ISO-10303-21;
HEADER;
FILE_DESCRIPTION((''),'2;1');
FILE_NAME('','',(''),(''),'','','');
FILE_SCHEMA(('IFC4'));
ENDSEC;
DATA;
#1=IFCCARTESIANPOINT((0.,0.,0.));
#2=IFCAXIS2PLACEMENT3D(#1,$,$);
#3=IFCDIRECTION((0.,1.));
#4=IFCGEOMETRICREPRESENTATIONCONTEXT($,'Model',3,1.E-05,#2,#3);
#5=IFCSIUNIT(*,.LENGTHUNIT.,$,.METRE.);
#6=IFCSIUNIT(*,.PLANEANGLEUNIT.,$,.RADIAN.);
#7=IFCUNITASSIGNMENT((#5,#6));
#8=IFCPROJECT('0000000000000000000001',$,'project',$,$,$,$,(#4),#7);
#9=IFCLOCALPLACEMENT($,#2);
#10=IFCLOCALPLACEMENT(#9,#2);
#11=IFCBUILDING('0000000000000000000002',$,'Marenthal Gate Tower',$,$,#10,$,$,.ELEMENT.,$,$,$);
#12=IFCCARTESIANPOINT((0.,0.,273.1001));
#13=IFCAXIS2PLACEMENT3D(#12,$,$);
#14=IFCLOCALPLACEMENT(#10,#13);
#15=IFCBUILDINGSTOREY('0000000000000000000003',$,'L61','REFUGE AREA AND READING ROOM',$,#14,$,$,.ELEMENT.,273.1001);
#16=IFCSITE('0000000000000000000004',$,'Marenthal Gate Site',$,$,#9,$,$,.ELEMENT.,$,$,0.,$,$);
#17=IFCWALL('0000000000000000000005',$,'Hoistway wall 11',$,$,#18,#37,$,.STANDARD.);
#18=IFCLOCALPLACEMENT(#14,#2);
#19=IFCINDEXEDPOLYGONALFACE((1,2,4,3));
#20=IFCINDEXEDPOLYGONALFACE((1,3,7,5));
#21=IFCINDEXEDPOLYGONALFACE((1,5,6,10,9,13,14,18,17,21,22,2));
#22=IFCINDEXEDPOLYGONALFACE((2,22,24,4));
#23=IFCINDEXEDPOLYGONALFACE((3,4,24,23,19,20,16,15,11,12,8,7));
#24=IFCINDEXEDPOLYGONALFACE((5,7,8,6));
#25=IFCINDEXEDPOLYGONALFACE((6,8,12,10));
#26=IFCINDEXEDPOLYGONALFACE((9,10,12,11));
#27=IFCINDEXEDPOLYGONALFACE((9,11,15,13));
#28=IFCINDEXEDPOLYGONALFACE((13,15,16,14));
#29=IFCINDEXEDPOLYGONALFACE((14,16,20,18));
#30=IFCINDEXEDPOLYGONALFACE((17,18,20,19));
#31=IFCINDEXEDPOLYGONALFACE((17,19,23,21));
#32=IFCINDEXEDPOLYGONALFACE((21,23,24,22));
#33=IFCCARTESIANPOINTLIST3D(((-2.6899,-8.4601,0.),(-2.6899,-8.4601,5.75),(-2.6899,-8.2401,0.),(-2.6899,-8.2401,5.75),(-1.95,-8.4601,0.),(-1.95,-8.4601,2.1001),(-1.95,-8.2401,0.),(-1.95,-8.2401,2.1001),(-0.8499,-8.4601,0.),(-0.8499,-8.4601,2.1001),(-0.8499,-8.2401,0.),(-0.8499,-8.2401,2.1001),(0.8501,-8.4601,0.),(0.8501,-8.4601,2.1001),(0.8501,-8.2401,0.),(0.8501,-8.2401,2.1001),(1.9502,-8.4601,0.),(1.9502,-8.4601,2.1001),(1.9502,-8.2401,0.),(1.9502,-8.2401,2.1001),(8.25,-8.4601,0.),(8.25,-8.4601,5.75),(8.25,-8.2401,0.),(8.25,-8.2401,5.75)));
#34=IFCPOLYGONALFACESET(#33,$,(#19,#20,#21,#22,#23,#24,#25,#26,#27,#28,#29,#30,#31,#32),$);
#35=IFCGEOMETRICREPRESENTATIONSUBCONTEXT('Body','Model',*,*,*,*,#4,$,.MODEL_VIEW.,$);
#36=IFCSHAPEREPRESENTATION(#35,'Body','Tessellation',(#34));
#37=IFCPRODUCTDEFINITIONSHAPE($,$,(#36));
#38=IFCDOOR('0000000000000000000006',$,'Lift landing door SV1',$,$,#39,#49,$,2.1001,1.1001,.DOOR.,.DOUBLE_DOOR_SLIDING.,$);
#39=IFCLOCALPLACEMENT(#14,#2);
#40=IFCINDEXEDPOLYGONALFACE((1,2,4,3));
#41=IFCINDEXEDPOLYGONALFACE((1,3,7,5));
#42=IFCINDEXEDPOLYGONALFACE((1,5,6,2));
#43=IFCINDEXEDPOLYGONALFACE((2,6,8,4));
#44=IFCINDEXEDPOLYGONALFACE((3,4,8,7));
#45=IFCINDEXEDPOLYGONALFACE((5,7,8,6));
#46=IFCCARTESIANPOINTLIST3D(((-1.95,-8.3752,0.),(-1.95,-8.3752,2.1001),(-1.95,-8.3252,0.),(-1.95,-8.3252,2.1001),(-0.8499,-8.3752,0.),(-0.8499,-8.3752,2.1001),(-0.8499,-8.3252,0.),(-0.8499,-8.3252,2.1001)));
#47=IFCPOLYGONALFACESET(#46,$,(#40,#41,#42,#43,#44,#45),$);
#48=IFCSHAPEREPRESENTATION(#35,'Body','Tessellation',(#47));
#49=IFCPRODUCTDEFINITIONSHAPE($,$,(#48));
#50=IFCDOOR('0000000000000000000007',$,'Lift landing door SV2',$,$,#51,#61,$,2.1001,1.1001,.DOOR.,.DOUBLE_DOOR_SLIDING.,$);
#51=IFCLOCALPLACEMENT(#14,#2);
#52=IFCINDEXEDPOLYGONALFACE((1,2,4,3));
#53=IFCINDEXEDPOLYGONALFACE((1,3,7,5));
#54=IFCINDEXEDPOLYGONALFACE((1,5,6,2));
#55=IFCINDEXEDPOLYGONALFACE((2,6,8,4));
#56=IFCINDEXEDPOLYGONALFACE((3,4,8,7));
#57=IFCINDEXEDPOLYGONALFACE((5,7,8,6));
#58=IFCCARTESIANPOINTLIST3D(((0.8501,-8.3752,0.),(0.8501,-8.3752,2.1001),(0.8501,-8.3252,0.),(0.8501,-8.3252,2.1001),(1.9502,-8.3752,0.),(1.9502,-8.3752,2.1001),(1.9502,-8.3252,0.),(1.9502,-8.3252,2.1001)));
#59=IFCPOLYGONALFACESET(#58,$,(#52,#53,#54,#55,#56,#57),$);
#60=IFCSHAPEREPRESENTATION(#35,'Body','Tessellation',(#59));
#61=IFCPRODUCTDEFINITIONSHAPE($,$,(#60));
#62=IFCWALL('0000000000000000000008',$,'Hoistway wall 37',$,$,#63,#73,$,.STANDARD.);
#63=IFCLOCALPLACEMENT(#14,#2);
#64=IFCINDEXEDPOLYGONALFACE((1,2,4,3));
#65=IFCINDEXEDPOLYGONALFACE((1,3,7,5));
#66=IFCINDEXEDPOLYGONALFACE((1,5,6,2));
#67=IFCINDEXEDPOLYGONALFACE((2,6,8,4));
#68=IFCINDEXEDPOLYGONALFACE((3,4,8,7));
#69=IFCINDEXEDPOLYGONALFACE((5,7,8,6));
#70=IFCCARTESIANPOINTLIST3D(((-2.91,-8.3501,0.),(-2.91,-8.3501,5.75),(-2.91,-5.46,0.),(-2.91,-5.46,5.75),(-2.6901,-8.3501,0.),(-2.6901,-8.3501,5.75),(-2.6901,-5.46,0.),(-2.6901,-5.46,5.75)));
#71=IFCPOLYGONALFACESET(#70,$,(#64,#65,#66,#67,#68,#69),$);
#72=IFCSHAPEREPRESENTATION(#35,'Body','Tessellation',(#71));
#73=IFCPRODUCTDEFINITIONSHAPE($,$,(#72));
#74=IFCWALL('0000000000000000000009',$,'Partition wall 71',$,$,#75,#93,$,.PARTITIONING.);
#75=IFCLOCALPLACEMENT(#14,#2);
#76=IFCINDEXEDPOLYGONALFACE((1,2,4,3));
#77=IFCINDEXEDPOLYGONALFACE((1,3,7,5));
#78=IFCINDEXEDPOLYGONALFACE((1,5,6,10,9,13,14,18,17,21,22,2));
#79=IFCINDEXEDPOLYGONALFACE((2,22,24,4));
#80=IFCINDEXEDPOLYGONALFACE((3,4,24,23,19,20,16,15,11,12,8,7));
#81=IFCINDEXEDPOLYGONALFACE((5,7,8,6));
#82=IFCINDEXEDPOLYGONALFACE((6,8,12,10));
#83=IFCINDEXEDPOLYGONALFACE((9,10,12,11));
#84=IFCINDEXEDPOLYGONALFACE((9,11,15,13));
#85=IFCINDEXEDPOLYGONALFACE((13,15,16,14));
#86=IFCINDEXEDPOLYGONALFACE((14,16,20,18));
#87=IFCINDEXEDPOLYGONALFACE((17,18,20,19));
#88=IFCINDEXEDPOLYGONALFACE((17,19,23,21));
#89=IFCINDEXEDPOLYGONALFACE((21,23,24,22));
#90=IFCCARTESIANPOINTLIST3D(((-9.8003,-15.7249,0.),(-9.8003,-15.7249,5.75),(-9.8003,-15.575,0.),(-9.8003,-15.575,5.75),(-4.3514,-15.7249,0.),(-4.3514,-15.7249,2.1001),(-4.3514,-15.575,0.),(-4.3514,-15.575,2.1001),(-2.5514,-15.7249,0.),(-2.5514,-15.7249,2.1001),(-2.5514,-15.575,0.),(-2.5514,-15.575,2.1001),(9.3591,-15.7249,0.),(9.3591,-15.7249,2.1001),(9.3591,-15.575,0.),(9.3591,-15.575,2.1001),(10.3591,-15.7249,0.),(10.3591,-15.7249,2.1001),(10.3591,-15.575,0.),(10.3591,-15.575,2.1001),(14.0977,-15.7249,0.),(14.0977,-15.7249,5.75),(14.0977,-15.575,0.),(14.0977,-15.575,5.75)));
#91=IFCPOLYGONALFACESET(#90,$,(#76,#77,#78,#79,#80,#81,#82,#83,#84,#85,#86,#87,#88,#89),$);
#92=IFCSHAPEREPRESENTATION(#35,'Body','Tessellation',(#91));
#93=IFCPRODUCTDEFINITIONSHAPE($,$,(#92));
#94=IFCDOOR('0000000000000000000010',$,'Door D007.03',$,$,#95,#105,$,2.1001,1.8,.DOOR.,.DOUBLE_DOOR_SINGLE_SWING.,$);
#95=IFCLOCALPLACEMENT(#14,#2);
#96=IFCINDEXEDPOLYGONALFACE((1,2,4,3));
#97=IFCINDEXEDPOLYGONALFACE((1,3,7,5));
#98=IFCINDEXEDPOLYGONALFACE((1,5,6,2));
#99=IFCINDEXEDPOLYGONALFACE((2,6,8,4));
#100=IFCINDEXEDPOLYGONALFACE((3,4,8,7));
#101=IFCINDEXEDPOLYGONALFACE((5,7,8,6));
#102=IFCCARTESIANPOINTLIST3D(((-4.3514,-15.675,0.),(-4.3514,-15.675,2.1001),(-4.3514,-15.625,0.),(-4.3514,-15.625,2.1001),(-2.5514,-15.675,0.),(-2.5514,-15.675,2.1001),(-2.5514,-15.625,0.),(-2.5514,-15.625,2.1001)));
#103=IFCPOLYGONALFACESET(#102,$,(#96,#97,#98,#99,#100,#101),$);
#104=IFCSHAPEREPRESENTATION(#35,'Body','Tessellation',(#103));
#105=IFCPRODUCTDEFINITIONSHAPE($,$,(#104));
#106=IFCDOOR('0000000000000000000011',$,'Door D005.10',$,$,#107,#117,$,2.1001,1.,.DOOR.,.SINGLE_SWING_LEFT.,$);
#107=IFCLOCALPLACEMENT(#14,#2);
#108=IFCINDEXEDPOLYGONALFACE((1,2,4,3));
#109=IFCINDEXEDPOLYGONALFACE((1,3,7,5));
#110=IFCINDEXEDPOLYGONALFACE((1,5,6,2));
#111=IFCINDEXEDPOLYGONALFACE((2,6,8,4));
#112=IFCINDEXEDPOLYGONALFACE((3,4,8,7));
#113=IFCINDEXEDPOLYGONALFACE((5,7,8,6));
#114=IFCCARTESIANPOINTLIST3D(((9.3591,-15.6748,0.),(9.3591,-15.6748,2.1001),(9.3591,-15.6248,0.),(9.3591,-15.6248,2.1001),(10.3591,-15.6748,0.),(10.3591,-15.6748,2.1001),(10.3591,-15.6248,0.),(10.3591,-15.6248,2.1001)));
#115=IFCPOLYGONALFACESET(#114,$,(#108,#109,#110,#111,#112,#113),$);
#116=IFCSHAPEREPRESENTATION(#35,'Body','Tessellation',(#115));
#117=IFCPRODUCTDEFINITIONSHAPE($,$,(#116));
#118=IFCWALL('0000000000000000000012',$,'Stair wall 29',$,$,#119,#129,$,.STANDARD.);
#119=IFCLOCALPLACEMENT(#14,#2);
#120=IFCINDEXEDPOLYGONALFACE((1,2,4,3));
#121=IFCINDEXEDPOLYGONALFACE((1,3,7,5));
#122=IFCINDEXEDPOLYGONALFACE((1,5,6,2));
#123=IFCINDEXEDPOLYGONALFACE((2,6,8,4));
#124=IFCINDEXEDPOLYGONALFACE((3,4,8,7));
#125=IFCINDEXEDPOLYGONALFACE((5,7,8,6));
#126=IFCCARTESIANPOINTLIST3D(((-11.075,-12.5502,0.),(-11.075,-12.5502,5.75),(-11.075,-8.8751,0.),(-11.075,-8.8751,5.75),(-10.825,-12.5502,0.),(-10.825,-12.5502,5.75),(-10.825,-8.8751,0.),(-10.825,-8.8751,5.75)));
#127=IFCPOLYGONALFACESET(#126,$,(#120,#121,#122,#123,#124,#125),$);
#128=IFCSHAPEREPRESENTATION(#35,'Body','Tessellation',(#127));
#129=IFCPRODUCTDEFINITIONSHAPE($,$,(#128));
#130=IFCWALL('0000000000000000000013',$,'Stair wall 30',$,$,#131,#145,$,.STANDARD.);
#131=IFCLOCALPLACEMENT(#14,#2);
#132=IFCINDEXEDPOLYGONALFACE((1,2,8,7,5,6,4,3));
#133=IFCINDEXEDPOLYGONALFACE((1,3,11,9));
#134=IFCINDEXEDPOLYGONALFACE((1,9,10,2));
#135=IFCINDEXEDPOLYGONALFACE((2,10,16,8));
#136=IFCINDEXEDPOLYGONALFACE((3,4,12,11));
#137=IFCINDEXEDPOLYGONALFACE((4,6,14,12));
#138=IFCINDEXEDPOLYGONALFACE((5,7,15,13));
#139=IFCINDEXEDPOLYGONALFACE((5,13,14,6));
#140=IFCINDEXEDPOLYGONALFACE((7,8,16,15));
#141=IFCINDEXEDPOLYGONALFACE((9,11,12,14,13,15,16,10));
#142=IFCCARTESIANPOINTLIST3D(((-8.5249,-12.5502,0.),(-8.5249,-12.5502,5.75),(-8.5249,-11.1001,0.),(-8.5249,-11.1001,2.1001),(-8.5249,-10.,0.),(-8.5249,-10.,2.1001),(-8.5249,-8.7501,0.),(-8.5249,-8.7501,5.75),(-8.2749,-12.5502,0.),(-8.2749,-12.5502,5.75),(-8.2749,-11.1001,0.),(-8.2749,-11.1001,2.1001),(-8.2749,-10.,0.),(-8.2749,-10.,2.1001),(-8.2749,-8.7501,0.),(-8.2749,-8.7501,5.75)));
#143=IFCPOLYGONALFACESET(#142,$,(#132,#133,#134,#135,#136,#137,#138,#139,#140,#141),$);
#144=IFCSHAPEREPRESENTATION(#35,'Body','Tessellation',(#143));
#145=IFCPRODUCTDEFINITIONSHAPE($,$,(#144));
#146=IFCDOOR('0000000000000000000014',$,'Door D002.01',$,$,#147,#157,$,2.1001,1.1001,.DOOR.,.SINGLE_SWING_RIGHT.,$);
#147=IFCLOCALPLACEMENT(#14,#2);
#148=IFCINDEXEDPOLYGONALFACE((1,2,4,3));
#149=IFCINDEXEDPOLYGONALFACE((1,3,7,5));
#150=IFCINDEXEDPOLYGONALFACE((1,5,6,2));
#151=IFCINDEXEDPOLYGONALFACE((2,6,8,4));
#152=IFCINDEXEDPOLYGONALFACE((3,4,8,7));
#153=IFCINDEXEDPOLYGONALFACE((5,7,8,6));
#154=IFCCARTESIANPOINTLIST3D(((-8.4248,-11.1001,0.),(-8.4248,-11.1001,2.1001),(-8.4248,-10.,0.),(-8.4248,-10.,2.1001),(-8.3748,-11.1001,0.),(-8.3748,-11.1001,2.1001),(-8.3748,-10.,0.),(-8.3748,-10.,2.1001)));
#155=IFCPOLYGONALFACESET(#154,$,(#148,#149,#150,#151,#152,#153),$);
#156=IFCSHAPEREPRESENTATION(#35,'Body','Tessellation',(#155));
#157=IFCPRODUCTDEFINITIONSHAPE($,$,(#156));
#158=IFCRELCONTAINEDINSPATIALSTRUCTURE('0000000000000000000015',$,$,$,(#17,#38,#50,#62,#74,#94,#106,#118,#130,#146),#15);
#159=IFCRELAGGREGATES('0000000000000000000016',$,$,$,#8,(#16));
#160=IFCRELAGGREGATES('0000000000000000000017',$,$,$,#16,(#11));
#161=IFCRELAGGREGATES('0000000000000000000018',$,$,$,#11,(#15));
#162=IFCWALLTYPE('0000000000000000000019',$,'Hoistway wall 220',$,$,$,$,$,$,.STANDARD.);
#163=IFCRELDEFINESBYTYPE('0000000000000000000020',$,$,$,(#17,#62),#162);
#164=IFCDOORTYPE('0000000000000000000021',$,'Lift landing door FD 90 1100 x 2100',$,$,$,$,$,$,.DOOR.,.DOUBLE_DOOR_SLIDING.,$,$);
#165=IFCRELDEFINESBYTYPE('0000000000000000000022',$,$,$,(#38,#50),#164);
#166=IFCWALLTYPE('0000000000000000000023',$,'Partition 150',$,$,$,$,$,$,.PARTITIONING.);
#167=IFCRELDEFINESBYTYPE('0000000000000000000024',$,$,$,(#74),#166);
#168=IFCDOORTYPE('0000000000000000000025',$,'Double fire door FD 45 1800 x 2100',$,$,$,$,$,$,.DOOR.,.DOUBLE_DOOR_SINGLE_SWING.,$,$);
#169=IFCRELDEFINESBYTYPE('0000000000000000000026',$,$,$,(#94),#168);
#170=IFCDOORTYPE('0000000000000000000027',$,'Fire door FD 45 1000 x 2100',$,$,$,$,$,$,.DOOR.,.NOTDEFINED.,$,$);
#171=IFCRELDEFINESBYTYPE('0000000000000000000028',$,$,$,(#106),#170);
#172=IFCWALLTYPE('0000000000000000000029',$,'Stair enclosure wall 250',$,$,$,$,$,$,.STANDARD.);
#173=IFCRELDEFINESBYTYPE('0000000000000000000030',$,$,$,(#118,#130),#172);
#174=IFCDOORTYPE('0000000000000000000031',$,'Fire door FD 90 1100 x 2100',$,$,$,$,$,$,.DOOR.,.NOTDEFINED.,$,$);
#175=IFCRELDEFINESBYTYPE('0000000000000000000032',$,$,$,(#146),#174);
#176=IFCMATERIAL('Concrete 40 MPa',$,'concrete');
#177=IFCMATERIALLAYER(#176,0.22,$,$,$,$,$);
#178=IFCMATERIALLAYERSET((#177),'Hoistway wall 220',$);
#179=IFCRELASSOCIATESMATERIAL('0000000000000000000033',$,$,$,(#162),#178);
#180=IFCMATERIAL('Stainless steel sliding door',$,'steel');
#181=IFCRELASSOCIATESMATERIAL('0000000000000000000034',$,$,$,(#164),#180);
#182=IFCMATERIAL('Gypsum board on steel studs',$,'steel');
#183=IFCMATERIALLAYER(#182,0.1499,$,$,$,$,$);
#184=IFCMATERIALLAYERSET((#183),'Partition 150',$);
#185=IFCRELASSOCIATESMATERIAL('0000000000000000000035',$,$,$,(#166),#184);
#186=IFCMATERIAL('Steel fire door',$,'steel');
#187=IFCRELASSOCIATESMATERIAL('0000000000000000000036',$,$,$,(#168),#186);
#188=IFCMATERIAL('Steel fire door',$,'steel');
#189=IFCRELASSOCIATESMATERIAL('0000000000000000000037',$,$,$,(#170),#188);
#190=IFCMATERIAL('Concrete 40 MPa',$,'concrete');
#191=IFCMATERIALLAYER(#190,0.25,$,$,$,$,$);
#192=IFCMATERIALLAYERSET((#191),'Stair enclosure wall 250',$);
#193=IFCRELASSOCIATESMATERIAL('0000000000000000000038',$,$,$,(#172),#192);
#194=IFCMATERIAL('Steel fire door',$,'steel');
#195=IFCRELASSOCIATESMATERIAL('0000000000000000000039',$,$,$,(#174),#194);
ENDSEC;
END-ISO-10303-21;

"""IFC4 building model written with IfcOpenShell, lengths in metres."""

from ifc_helpers import new_model, si_unit, direction, frame, frame_2d, origin, place, context, subcontext, project, spatial, rectangle, extrude, material, layer, layer_set, type_object, element, fill, save


model = new_model("IFC4")

# Units and contexts
model_context = context("Model", 3, precision=1e-05, world=origin(), true_north=direction((0.0, 1.0)))
body_context = subcontext(model_context, "Body", "Model", "MODEL_VIEW")
ifc_project = project(units=[si_unit("LENGTHUNIT", "METRE"), si_unit("PLANEANGLEUNIT", "RADIAN")], contexts=[model_context])

# Site, building, storey
site_placement = place(None, origin())
site = spatial("IfcSite", under=ifc_project, at=site_placement, Name="Marenthal Gate Site", CompositionType="ELEMENT", RefElevation=0.0)
building_placement = place(site_placement, origin())
building = spatial("IfcBuilding", under=site, at=building_placement, Name="Marenthal Gate Tower", CompositionType="ELEMENT")
storey_placement = place(building_placement, frame((0.0, 0.0, 273.1001)))
storey = spatial("IfcBuildingStorey", under=building, at=storey_placement, Name="L61", Description="REFUGE AREA AND READING ROOM", CompositionType="ELEMENT", Elevation=273.1001)

# Wall, openings, doors
ifc_material_1 = material(Name="Concrete 40 MPa", Category="concrete")
ifc_layer_1 = layer(ifc_material_1, 0.22)
ifc_layer_set_1 = layer_set([ifc_layer_1], Name="Hoistway wall 220")
wall_type_1 = type_object("IfcWallType", Name="Hoistway wall 220", PredefinedType="STANDARD", material=ifc_layer_set_1)
ifc_material_2 = material(Name="Stainless steel sliding door", Category="steel")
door_type_1 = type_object("IfcDoorType", Name="Lift landing door FD 90 1100 x 2100", OperationType="DOUBLE_DOOR_SLIDING", PredefinedType="DOOR", material=ifc_material_2)
wall_1_placement = place(storey_placement, frame((-2.6899, -8.3501, 0.0), z_axis=(0.0, 0.0, 1.0), x_axis=(1.0, 0.0, 0.0)))
wall_1 = element("IfcWall", 1, at=wall_1_placement, inside=storey, type_object=wall_type_1, Name="Hoistway wall 11", PredefinedType="STANDARD", context=body_context, shape_type="SweptSolid", body=[
    extrude(rectangle(XDim=10.9399, YDim=0.22, at=frame_2d((5.47, 0.0))), origin(), (0.0, 0.0, 1.0), 5.75),
])
opening_1_placement = place(wall_1_placement, frame((0.74, 0.0, 0.0)))
opening_1 = element("IfcOpeningElement", 2, at=opening_1_placement, cuts=wall_1, PredefinedType="OPENING", context=body_context, shape_type="SweptSolid", body=[
    extrude(rectangle(XDim=1.1001, YDim=2.1001, at=frame_2d((0.55, 1.05))), frame((0.0, 0.1201, 0.0), z_axis=(0.0, -1.0, 0.0), x_axis=(1.0, 0.0, 0.0)), (0.0, 0.0, 1.0), 0.24),
])
opening_2_placement = place(wall_1_placement, frame((3.54, 0.0, 0.0)))
opening_2 = element("IfcOpeningElement", 3, at=opening_2_placement, cuts=wall_1, PredefinedType="OPENING", context=body_context, shape_type="SweptSolid", body=[
    extrude(rectangle(XDim=1.1001, YDim=2.1001, at=frame_2d((0.55, 1.05))), frame((0.0, 0.1201, 0.0), z_axis=(0.0, -1.0, 0.0), x_axis=(1.0, 0.0, 0.0)), (0.0, 0.0, 1.0), 0.24),
])
door_1_placement = place(opening_1_placement, origin())
door_1 = element("IfcDoor", 4, at=door_1_placement, inside=storey, type_object=door_type_1, Name="Lift landing door SV1", OperationType="DOUBLE_DOOR_SLIDING", OverallHeight=2.1001, OverallWidth=1.1001, PredefinedType="DOOR", context=body_context, shape_type="SweptSolid", body=[
    extrude(rectangle(XDim=1.1001, YDim=2.1001, at=frame_2d((0.55, 1.05))), frame((0.0, 0.0249, 0.0), z_axis=(0.0, -1.0, 0.0), x_axis=(1.0, 0.0, 0.0)), (0.0, 0.0, 1.0), 0.05),
])
fill(opening_1, door_1)
door_2_placement = place(opening_2_placement, origin())
door_2 = element("IfcDoor", 5, at=door_2_placement, inside=storey, type_object=door_type_1, Name="Lift landing door SV2", OperationType="DOUBLE_DOOR_SLIDING", OverallHeight=2.1001, OverallWidth=1.1001, PredefinedType="DOOR", context=body_context, shape_type="SweptSolid", body=[
    extrude(rectangle(XDim=1.1001, YDim=2.1001, at=frame_2d((0.55, 1.05))), frame((0.0, 0.0249, 0.0), z_axis=(0.0, -1.0, 0.0), x_axis=(1.0, 0.0, 0.0)), (0.0, 0.0, 1.0), 0.05),
])
fill(opening_2, door_2)

# Wall
wall_2_placement = place(storey_placement, frame((-2.8, -8.3501, 0.0), z_axis=(0.0, 0.0, 1.0), x_axis=(0.0, 1.0, 0.0)))
element("IfcWall", 6, at=wall_2_placement, inside=storey, type_object=wall_type_1, Name="Hoistway wall 37", PredefinedType="STANDARD", context=body_context, shape_type="SweptSolid", body=[
    extrude(rectangle(XDim=2.8901, YDim=0.22, at=frame_2d((1.4451, 0.0))), origin(), (0.0, 0.0, 1.0), 5.75),
])

# Wall, openings, doors
ifc_material_3 = material(Name="Gypsum board on steel studs", Category="steel")
ifc_layer_2 = layer(ifc_material_3, 0.1499)
ifc_layer_set_2 = layer_set([ifc_layer_2], Name="Partition 150")
wall_type_2 = type_object("IfcWallType", Name="Partition 150", PredefinedType="PARTITIONING", material=ifc_layer_set_2)
wall_3_placement = place(storey_placement, frame((-9.8003, -15.6499, 0.0), z_axis=(0.0, 0.0, 1.0), x_axis=(1.0, 0.0, 0.0)))
wall_3 = element("IfcWall", 7, at=wall_3_placement, inside=storey, type_object=wall_type_2, Name="Partition wall 71", PredefinedType="PARTITIONING", context=body_context, shape_type="SweptSolid", body=[
    extrude(rectangle(XDim=23.8979, YDim=0.1499, at=frame_2d((11.949, 0.0))), origin(), (0.0, 0.0, 1.0), 5.75),
])
opening_3_placement = place(wall_3_placement, frame((5.449, 0.0, 0.0)))
opening_3 = element("IfcOpeningElement", 8, at=opening_3_placement, cuts=wall_3, PredefinedType="OPENING", context=body_context, shape_type="SweptSolid", body=[
    extrude(rectangle(XDim=1.8, YDim=2.1001, at=frame_2d((0.8999, 1.05))), frame((0.0, 0.085, 0.0), z_axis=(0.0, -1.0, 0.0), x_axis=(1.0, 0.0, 0.0)), (0.0, 0.0, 1.0), 0.1699),
])
opening_4_placement = place(wall_3_placement, frame((19.1594, 0.0, 0.0)))
opening_4 = element("IfcOpeningElement", 9, at=opening_4_placement, cuts=wall_3, PredefinedType="OPENING", context=body_context, shape_type="SweptSolid", body=[
    extrude(rectangle(XDim=1.0, YDim=2.1001, at=frame_2d((0.5, 1.05))), frame((0.0, 0.085, 0.0), z_axis=(0.0, -1.0, 0.0), x_axis=(1.0, 0.0, 0.0)), (0.0, 0.0, 1.0), 0.1699),
])
ifc_material_4 = material(Name="Steel fire door", Category="steel")
door_type_2 = type_object("IfcDoorType", Name="Double fire door FD 45 1800 x 2100", OperationType="DOUBLE_DOOR_SINGLE_SWING", PredefinedType="DOOR", material=ifc_material_4)
door_3_placement = place(opening_3_placement, origin())
door_3 = element("IfcDoor", 10, at=door_3_placement, inside=storey, type_object=door_type_2, Name="Door D007.03", OperationType="DOUBLE_DOOR_SINGLE_SWING", OverallHeight=2.1001, OverallWidth=1.8, PredefinedType="DOOR", context=body_context, shape_type="SweptSolid", body=[
    extrude(rectangle(XDim=1.8, YDim=2.1001, at=frame_2d((0.8999, 1.05))), frame((0.0, 0.0249, 0.0), z_axis=(0.0, -1.0, 0.0), x_axis=(1.0, 0.0, 0.0)), (0.0, 0.0, 1.0), 0.05),
])
fill(opening_3, door_3)
ifc_material_5 = material(Name="Steel fire door", Category="steel")
door_type_3 = type_object("IfcDoorType", Name="Fire door FD 45 1000 x 2100", OperationType="NOTDEFINED", PredefinedType="DOOR", material=ifc_material_5)
door_4_placement = place(opening_4_placement, frame((1.0, 0.0, 0.0), z_axis=(0.0, 0.0, 1.0), x_axis=(-1.0, 0.0, 0.0)))
door_4 = element("IfcDoor", 11, at=door_4_placement, inside=storey, type_object=door_type_3, Name="Door D005.10", OperationType="SINGLE_SWING_LEFT", OverallHeight=2.1001, OverallWidth=1.0, PredefinedType="DOOR", context=body_context, shape_type="SweptSolid", body=[
    extrude(rectangle(XDim=1.0, YDim=2.1001, at=frame_2d((0.5, 1.05))), frame((0.0, 0.0249, 0.0), z_axis=(0.0, -1.0, 0.0), x_axis=(1.0, 0.0, 0.0)), (0.0, 0.0, 1.0), 0.05),
])
fill(opening_4, door_4)

# Wall
ifc_material_6 = material(Name="Concrete 40 MPa", Category="concrete")
ifc_layer_3 = layer(ifc_material_6, 0.25)
ifc_layer_set_3 = layer_set([ifc_layer_3], Name="Stair enclosure wall 250")
wall_type_3 = type_object("IfcWallType", Name="Stair enclosure wall 250", PredefinedType="STANDARD", material=ifc_layer_set_3)
wall_4_placement = place(storey_placement, frame((-10.95, -12.55, 0.0), z_axis=(0.0, 0.0, 1.0), x_axis=(0.0, 1.0, 0.0)))
element("IfcWall", 12, at=wall_4_placement, inside=storey, type_object=wall_type_3, Name="Stair wall 29", PredefinedType="STANDARD", context=body_context, shape_type="SweptSolid", body=[
    extrude(rectangle(XDim=3.675, YDim=0.25, at=frame_2d((1.8374, 0.0))), origin(), (0.0, 0.0, 1.0), 5.75),
])

# Wall, opening, door
wall_5_placement = place(storey_placement, frame((-8.3999, -12.55, 0.0), z_axis=(0.0, 0.0, 1.0), x_axis=(0.0, 1.0, 0.0)))
wall_5 = element("IfcWall", 13, at=wall_5_placement, inside=storey, type_object=wall_type_3, Name="Stair wall 30", PredefinedType="STANDARD", context=body_context, shape_type="SweptSolid", body=[
    extrude(rectangle(XDim=3.8, YDim=0.25, at=frame_2d((1.8999, 0.0))), origin(), (0.0, 0.0, 1.0), 5.75),
])
opening_5_placement = place(wall_5_placement, frame((1.45, 0.0, 0.0)))
opening_5 = element("IfcOpeningElement", 14, at=opening_5_placement, cuts=wall_5, PredefinedType="OPENING", context=body_context, shape_type="SweptSolid", body=[
    extrude(rectangle(XDim=1.1001, YDim=2.1001, at=frame_2d((0.55, 1.05))), frame((0.0, 0.135, 0.0), z_axis=(0.0, -1.0, 0.0), x_axis=(1.0, 0.0, 0.0)), (0.0, 0.0, 1.0), 0.27),
])
ifc_material_7 = material(Name="Steel fire door", Category="steel")
door_type_4 = type_object("IfcDoorType", Name="Fire door FD 90 1100 x 2100", OperationType="NOTDEFINED", PredefinedType="DOOR", material=ifc_material_7)
door_5_placement = place(opening_5_placement, origin())
door_5 = element("IfcDoor", 15, at=door_5_placement, inside=storey, type_object=door_type_4, Name="Door D002.01", OperationType="SINGLE_SWING_RIGHT", OverallHeight=2.1001, OverallWidth=1.1001, PredefinedType="DOOR", context=body_context, shape_type="SweptSolid", body=[
    extrude(rectangle(XDim=1.1001, YDim=2.1001, at=frame_2d((0.55, 1.05))), frame((0.0, 0.0249, 0.0), z_axis=(0.0, -1.0, 0.0), x_axis=(1.0, 0.0, 0.0)), (0.0, 0.0, 1.0), 0.05),
])
fill(opening_5, door_5)

save(model, "model.ifc")
